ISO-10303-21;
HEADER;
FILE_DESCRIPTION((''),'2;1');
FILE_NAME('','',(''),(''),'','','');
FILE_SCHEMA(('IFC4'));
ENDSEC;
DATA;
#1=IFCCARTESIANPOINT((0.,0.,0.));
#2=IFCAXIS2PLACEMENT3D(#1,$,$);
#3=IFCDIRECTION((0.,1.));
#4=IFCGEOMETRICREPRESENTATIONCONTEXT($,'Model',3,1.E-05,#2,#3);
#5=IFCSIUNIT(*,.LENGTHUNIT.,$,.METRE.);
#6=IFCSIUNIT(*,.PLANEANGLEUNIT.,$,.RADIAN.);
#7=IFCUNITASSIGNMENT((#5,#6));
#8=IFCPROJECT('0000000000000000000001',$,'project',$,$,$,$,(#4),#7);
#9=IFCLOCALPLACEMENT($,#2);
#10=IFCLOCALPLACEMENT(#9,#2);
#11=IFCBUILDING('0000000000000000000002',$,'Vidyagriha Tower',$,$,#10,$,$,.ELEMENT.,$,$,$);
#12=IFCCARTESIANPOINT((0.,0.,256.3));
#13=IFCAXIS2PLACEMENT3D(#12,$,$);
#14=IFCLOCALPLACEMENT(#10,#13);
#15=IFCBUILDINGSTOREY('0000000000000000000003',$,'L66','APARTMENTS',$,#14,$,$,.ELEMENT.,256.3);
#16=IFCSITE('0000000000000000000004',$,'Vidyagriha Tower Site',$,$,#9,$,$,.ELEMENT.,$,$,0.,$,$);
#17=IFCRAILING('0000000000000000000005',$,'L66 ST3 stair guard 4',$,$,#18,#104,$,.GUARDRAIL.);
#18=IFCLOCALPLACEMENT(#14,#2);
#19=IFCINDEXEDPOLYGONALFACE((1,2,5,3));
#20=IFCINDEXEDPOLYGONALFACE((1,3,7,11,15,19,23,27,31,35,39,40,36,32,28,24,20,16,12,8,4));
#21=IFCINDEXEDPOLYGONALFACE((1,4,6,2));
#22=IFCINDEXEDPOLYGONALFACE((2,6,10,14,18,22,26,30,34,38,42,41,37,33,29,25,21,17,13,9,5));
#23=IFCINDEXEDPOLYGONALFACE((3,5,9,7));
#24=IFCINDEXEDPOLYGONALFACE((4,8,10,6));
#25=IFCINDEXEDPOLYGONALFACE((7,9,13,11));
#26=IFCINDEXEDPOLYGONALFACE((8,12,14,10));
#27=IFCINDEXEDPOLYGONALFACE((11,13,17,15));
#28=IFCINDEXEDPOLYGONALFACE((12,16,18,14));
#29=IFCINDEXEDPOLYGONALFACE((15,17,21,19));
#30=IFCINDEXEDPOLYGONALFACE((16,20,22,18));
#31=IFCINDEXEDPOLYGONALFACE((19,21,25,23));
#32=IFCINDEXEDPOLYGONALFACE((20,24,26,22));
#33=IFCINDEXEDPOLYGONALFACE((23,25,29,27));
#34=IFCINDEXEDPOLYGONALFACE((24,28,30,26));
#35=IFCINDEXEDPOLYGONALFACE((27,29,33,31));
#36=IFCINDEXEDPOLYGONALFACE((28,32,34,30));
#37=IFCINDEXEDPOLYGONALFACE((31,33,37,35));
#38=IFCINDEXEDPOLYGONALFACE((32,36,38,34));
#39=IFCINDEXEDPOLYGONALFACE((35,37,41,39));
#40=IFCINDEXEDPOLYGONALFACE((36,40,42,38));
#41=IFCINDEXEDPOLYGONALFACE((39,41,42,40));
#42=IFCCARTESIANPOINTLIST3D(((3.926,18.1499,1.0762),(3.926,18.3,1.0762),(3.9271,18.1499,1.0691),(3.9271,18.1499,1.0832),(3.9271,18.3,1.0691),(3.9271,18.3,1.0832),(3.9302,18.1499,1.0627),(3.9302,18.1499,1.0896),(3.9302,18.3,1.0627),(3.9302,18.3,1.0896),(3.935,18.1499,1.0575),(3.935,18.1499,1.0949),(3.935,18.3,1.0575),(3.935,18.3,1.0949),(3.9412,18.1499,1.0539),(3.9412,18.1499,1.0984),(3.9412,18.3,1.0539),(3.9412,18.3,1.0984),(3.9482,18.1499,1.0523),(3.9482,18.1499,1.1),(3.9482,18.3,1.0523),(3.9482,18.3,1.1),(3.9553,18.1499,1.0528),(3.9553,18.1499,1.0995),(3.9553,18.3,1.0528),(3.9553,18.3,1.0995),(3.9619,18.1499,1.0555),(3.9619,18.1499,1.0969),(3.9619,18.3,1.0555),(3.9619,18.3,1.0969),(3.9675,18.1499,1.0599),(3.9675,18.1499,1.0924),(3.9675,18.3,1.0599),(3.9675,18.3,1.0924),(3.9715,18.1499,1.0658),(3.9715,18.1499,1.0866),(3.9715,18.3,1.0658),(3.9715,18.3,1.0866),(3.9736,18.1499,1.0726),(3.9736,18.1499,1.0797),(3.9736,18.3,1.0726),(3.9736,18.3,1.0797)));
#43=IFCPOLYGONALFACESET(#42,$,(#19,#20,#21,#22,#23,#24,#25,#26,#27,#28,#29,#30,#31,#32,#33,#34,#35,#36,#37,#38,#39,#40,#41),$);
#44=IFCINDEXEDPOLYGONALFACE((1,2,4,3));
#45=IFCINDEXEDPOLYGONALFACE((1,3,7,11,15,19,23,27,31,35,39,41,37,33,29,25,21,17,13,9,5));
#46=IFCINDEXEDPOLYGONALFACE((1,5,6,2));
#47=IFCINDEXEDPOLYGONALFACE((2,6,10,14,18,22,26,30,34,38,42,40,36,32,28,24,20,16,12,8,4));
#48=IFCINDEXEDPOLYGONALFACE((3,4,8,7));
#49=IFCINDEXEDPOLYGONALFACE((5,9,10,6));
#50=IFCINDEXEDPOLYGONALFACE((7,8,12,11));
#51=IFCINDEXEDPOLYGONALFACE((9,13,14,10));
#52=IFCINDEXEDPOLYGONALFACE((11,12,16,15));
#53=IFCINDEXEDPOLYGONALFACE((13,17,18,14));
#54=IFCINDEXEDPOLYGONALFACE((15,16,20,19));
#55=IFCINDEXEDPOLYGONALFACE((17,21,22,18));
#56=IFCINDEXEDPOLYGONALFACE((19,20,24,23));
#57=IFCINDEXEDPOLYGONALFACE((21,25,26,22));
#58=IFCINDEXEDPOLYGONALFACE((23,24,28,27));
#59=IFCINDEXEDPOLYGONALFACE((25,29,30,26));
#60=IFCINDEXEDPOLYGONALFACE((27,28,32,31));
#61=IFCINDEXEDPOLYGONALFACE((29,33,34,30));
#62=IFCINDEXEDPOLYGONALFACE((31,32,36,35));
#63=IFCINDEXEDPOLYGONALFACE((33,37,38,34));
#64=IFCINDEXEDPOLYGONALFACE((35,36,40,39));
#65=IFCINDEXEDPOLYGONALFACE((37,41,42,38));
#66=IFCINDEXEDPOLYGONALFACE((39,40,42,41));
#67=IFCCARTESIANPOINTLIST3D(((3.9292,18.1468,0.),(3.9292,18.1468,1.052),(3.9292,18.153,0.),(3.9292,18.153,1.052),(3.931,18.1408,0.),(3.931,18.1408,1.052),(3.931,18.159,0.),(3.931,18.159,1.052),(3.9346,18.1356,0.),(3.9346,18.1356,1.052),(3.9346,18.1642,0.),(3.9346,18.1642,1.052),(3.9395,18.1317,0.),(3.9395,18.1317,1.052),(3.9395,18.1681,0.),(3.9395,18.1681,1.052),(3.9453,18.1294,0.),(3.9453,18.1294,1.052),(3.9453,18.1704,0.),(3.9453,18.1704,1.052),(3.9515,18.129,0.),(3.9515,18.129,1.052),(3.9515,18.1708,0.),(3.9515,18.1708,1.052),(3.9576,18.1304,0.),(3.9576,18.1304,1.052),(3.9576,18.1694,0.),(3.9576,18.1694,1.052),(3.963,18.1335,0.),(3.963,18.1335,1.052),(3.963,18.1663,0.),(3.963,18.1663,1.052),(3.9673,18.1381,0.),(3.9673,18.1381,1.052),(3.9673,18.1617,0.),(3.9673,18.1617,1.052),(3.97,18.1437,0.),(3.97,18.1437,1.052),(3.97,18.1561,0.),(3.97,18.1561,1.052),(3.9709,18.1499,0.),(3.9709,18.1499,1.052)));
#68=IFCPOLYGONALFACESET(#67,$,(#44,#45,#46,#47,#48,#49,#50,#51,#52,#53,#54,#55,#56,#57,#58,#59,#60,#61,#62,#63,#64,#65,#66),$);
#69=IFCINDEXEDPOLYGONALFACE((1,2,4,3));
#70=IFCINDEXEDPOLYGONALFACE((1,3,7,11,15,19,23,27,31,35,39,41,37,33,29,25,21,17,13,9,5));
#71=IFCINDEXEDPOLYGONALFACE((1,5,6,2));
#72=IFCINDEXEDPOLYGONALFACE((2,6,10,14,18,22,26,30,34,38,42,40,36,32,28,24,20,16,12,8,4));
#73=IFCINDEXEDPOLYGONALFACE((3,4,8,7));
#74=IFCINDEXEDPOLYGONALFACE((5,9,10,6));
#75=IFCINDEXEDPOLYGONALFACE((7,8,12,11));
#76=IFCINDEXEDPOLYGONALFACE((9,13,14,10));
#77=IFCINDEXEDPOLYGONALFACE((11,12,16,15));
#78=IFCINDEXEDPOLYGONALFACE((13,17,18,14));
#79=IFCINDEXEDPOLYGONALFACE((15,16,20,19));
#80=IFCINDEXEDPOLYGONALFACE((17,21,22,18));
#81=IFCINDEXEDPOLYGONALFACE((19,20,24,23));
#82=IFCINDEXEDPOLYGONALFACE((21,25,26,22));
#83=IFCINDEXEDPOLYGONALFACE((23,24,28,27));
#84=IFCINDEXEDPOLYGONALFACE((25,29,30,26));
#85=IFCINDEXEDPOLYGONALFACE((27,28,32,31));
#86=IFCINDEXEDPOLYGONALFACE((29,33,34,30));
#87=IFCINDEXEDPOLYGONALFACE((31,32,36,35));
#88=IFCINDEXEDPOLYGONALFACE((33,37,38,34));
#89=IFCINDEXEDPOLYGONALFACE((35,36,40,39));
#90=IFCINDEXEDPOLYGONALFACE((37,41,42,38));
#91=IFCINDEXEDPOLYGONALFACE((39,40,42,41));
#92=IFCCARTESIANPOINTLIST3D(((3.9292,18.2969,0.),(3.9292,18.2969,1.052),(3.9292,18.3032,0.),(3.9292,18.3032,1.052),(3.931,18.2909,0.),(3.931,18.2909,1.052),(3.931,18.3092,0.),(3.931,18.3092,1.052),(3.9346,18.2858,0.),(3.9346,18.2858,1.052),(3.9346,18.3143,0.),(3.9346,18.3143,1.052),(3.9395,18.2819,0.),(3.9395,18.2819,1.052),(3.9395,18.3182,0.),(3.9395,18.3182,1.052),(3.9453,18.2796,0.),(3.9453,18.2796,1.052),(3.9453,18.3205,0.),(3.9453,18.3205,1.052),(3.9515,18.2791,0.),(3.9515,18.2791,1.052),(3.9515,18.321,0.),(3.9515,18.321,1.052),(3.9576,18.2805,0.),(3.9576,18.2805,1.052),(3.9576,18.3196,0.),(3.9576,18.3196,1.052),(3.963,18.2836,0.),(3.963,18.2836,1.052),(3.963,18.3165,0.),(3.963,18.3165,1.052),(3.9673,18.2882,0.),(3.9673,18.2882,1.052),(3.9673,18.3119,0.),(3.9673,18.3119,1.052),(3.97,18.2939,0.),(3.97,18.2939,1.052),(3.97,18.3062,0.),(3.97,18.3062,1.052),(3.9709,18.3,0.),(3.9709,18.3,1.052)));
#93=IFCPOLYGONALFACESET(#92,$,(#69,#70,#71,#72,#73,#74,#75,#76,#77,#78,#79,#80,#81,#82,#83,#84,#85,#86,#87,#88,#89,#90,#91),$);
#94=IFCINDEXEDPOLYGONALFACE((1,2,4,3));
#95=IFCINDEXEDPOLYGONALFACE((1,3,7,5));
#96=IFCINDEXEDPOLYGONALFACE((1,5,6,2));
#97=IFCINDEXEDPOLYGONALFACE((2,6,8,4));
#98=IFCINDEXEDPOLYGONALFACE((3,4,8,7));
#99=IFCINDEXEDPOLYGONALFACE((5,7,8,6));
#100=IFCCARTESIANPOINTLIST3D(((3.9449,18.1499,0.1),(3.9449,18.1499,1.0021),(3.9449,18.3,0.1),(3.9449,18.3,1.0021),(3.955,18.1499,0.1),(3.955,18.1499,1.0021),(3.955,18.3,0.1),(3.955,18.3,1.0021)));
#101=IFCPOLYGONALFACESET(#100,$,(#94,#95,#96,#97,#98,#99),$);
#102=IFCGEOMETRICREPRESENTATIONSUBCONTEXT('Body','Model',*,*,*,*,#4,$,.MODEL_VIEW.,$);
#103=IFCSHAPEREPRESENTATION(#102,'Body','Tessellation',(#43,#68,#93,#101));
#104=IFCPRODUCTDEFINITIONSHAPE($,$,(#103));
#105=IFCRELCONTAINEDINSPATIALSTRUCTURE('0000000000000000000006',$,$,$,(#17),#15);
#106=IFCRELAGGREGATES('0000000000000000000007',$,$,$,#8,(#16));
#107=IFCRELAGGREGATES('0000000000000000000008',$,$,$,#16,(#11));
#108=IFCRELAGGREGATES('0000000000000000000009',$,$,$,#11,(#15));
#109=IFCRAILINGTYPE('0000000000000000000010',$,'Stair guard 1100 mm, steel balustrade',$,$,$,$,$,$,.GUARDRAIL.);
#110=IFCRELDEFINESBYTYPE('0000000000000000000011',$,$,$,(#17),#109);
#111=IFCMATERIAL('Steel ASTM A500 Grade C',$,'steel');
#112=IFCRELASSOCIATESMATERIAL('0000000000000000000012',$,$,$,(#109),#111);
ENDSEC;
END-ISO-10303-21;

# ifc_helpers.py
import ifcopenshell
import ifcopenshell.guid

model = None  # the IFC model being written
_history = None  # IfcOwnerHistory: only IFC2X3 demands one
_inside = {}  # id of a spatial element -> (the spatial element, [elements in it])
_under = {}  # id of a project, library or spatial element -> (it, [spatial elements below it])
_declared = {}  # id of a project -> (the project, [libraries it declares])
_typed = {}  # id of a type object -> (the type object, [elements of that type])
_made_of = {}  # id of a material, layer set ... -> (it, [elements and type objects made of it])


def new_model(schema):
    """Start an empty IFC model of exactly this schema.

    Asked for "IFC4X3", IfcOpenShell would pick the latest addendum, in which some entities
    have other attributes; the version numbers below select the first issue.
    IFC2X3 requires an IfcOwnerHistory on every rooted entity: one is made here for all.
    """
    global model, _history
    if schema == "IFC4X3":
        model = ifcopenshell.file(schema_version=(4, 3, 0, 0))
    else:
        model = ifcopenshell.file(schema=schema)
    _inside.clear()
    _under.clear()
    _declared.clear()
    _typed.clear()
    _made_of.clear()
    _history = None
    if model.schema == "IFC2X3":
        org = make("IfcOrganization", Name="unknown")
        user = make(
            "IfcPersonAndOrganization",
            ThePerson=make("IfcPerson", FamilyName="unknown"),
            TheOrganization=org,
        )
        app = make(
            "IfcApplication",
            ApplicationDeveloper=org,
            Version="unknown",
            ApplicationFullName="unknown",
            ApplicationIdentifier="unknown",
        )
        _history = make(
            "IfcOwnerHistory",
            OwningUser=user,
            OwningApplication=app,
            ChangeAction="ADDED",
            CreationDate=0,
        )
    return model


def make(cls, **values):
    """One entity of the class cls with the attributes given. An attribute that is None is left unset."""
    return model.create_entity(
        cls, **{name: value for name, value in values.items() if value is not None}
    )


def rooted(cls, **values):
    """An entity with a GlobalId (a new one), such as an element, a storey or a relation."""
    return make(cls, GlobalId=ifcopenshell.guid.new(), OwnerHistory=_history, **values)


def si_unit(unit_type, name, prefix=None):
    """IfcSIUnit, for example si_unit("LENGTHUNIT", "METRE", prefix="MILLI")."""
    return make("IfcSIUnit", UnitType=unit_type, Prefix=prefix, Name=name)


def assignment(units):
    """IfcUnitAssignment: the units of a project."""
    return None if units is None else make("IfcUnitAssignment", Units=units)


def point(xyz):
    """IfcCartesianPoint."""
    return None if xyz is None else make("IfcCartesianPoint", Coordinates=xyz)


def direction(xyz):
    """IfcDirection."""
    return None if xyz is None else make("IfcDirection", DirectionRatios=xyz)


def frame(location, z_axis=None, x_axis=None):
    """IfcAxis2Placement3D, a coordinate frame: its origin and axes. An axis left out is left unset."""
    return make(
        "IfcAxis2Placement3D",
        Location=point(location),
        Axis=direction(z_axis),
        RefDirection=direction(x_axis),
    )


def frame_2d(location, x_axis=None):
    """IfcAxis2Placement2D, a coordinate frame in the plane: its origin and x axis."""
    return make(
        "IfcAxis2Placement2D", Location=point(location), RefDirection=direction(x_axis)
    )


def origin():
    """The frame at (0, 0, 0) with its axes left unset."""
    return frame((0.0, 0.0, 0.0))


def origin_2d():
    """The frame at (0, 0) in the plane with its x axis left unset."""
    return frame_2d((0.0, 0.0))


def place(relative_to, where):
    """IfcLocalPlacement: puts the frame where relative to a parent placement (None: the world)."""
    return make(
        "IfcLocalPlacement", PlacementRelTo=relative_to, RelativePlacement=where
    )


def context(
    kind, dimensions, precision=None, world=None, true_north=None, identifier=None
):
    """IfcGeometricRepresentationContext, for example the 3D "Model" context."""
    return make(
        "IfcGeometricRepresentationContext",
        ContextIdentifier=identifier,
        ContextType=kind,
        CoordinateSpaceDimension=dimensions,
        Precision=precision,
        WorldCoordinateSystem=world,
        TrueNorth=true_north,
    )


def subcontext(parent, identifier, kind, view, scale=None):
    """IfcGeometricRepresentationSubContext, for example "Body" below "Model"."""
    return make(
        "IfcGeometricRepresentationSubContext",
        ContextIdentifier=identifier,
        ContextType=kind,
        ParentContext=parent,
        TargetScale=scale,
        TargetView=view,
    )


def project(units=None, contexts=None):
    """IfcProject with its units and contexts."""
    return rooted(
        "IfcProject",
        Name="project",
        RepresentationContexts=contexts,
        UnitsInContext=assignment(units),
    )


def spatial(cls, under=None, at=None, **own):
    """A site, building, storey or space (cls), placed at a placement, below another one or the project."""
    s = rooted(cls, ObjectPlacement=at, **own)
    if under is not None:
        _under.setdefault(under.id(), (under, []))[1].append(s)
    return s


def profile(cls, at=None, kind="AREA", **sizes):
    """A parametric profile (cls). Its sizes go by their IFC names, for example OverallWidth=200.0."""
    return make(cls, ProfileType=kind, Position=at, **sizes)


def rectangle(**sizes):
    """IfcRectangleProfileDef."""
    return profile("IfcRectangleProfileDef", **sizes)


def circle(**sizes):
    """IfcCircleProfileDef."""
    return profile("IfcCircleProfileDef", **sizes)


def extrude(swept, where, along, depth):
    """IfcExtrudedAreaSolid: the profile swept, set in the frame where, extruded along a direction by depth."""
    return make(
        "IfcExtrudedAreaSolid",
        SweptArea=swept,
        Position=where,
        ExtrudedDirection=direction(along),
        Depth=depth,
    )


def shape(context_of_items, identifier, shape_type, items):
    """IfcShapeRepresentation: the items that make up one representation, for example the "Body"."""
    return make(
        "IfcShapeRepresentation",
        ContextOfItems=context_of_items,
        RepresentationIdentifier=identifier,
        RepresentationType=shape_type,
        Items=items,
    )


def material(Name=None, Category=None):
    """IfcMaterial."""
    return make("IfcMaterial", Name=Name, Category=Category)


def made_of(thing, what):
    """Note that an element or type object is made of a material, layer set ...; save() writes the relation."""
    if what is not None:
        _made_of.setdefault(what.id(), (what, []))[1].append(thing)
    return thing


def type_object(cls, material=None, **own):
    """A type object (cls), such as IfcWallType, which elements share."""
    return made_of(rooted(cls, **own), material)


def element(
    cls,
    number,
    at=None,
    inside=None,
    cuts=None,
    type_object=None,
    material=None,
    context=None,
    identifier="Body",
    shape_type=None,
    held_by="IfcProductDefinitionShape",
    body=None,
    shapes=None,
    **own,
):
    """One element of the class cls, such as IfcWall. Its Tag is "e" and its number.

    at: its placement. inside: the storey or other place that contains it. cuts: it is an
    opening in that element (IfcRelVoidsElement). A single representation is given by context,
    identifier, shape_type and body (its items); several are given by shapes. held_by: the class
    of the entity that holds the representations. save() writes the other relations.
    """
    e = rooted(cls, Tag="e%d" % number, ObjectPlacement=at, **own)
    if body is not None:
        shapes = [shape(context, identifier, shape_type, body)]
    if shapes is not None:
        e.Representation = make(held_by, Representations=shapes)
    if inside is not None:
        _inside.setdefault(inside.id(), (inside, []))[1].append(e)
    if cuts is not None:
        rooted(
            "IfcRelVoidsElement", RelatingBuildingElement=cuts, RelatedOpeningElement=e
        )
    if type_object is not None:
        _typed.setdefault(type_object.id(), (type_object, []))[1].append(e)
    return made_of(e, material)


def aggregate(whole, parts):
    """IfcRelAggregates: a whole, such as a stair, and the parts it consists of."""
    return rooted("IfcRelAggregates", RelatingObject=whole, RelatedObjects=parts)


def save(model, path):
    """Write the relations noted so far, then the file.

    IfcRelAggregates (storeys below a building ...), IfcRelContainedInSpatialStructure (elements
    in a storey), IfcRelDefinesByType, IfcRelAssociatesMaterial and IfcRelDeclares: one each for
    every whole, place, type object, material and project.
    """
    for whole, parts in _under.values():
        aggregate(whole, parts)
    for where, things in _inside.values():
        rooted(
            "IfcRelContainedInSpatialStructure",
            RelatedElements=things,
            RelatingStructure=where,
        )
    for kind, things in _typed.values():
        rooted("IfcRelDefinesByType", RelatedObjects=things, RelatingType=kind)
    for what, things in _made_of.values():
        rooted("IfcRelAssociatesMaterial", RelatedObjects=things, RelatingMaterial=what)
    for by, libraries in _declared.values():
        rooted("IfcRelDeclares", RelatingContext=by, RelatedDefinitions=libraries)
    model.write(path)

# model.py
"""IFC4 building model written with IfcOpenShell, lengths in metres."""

from ifc_helpers import new_model, si_unit, direction, frame, origin, origin_2d, place, context, subcontext, project, spatial, rectangle, circle, extrude, material, type_object, element, save


model = new_model("IFC4")

# Units and contexts
model_context = context("Model", 3, precision=1e-05, world=origin(), true_north=direction((0.0, 1.0)))
body_context = subcontext(model_context, "Body", "Model", "MODEL_VIEW")
ifc_project = project(units=[si_unit("LENGTHUNIT", "METRE"), si_unit("PLANEANGLEUNIT", "RADIAN")], contexts=[model_context])

# Site, building, storey
site_placement = place(None, origin())
site = spatial("IfcSite", under=ifc_project, at=site_placement, Name="Vidyagriha Tower Site", CompositionType="ELEMENT", RefElevation=0.0)
building_placement = place(site_placement, origin())
building = spatial("IfcBuilding", under=site, at=building_placement, Name="Vidyagriha Tower", CompositionType="ELEMENT")
storey_placement = place(building_placement, frame((0.0, 0.0, 256.3)))
storey = spatial("IfcBuildingStorey", under=building, at=storey_placement, Name="L66", Description="APARTMENTS", CompositionType="ELEMENT", Elevation=256.3)

# Railing
ifc_material_1 = material(Name="Steel ASTM A500 Grade C", Category="steel")
railing_type_1 = type_object("IfcRailingType", Name="Stair guard 1100 mm, steel balustrade", PredefinedType="GUARDRAIL", material=ifc_material_1)
railing_1_placement = place(storey_placement, frame((3.95, 18.1499, 0.0)))
element("IfcRailing", 1, at=railing_1_placement, inside=storey, type_object=railing_type_1, Name="L66 ST3 stair guard 4", PredefinedType="GUARDRAIL", context=body_context, shape_type="SweptSolid", body=[
    extrude(circle(Radius=0.0239, at=origin_2d()), frame((0.0, 0.0, 1.0762), z_axis=(0.0, 1.0, 0.0), x_axis=(-1.0, 0.0, 0.0)), (0.0, 0.0, 1.0), 0.1501),
    extrude(circle(Radius=0.021, at=origin_2d()), origin(), (0.0, 0.0, 1.0), 1.052),
    extrude(circle(Radius=0.021, at=origin_2d()), frame((0.0, 0.1501, 0.0)), (0.0, 0.0, 1.0), 1.052),
    extrude(rectangle(XDim=0.01, YDim=0.9021, at=origin_2d()), frame((0.0, 0.0, 0.551), z_axis=(0.0, 1.0, 0.0), x_axis=(-1.0, 0.0, 0.0)), (0.0, 0.0, 1.0), 0.1501),
])

save(model, "model.ifc")
